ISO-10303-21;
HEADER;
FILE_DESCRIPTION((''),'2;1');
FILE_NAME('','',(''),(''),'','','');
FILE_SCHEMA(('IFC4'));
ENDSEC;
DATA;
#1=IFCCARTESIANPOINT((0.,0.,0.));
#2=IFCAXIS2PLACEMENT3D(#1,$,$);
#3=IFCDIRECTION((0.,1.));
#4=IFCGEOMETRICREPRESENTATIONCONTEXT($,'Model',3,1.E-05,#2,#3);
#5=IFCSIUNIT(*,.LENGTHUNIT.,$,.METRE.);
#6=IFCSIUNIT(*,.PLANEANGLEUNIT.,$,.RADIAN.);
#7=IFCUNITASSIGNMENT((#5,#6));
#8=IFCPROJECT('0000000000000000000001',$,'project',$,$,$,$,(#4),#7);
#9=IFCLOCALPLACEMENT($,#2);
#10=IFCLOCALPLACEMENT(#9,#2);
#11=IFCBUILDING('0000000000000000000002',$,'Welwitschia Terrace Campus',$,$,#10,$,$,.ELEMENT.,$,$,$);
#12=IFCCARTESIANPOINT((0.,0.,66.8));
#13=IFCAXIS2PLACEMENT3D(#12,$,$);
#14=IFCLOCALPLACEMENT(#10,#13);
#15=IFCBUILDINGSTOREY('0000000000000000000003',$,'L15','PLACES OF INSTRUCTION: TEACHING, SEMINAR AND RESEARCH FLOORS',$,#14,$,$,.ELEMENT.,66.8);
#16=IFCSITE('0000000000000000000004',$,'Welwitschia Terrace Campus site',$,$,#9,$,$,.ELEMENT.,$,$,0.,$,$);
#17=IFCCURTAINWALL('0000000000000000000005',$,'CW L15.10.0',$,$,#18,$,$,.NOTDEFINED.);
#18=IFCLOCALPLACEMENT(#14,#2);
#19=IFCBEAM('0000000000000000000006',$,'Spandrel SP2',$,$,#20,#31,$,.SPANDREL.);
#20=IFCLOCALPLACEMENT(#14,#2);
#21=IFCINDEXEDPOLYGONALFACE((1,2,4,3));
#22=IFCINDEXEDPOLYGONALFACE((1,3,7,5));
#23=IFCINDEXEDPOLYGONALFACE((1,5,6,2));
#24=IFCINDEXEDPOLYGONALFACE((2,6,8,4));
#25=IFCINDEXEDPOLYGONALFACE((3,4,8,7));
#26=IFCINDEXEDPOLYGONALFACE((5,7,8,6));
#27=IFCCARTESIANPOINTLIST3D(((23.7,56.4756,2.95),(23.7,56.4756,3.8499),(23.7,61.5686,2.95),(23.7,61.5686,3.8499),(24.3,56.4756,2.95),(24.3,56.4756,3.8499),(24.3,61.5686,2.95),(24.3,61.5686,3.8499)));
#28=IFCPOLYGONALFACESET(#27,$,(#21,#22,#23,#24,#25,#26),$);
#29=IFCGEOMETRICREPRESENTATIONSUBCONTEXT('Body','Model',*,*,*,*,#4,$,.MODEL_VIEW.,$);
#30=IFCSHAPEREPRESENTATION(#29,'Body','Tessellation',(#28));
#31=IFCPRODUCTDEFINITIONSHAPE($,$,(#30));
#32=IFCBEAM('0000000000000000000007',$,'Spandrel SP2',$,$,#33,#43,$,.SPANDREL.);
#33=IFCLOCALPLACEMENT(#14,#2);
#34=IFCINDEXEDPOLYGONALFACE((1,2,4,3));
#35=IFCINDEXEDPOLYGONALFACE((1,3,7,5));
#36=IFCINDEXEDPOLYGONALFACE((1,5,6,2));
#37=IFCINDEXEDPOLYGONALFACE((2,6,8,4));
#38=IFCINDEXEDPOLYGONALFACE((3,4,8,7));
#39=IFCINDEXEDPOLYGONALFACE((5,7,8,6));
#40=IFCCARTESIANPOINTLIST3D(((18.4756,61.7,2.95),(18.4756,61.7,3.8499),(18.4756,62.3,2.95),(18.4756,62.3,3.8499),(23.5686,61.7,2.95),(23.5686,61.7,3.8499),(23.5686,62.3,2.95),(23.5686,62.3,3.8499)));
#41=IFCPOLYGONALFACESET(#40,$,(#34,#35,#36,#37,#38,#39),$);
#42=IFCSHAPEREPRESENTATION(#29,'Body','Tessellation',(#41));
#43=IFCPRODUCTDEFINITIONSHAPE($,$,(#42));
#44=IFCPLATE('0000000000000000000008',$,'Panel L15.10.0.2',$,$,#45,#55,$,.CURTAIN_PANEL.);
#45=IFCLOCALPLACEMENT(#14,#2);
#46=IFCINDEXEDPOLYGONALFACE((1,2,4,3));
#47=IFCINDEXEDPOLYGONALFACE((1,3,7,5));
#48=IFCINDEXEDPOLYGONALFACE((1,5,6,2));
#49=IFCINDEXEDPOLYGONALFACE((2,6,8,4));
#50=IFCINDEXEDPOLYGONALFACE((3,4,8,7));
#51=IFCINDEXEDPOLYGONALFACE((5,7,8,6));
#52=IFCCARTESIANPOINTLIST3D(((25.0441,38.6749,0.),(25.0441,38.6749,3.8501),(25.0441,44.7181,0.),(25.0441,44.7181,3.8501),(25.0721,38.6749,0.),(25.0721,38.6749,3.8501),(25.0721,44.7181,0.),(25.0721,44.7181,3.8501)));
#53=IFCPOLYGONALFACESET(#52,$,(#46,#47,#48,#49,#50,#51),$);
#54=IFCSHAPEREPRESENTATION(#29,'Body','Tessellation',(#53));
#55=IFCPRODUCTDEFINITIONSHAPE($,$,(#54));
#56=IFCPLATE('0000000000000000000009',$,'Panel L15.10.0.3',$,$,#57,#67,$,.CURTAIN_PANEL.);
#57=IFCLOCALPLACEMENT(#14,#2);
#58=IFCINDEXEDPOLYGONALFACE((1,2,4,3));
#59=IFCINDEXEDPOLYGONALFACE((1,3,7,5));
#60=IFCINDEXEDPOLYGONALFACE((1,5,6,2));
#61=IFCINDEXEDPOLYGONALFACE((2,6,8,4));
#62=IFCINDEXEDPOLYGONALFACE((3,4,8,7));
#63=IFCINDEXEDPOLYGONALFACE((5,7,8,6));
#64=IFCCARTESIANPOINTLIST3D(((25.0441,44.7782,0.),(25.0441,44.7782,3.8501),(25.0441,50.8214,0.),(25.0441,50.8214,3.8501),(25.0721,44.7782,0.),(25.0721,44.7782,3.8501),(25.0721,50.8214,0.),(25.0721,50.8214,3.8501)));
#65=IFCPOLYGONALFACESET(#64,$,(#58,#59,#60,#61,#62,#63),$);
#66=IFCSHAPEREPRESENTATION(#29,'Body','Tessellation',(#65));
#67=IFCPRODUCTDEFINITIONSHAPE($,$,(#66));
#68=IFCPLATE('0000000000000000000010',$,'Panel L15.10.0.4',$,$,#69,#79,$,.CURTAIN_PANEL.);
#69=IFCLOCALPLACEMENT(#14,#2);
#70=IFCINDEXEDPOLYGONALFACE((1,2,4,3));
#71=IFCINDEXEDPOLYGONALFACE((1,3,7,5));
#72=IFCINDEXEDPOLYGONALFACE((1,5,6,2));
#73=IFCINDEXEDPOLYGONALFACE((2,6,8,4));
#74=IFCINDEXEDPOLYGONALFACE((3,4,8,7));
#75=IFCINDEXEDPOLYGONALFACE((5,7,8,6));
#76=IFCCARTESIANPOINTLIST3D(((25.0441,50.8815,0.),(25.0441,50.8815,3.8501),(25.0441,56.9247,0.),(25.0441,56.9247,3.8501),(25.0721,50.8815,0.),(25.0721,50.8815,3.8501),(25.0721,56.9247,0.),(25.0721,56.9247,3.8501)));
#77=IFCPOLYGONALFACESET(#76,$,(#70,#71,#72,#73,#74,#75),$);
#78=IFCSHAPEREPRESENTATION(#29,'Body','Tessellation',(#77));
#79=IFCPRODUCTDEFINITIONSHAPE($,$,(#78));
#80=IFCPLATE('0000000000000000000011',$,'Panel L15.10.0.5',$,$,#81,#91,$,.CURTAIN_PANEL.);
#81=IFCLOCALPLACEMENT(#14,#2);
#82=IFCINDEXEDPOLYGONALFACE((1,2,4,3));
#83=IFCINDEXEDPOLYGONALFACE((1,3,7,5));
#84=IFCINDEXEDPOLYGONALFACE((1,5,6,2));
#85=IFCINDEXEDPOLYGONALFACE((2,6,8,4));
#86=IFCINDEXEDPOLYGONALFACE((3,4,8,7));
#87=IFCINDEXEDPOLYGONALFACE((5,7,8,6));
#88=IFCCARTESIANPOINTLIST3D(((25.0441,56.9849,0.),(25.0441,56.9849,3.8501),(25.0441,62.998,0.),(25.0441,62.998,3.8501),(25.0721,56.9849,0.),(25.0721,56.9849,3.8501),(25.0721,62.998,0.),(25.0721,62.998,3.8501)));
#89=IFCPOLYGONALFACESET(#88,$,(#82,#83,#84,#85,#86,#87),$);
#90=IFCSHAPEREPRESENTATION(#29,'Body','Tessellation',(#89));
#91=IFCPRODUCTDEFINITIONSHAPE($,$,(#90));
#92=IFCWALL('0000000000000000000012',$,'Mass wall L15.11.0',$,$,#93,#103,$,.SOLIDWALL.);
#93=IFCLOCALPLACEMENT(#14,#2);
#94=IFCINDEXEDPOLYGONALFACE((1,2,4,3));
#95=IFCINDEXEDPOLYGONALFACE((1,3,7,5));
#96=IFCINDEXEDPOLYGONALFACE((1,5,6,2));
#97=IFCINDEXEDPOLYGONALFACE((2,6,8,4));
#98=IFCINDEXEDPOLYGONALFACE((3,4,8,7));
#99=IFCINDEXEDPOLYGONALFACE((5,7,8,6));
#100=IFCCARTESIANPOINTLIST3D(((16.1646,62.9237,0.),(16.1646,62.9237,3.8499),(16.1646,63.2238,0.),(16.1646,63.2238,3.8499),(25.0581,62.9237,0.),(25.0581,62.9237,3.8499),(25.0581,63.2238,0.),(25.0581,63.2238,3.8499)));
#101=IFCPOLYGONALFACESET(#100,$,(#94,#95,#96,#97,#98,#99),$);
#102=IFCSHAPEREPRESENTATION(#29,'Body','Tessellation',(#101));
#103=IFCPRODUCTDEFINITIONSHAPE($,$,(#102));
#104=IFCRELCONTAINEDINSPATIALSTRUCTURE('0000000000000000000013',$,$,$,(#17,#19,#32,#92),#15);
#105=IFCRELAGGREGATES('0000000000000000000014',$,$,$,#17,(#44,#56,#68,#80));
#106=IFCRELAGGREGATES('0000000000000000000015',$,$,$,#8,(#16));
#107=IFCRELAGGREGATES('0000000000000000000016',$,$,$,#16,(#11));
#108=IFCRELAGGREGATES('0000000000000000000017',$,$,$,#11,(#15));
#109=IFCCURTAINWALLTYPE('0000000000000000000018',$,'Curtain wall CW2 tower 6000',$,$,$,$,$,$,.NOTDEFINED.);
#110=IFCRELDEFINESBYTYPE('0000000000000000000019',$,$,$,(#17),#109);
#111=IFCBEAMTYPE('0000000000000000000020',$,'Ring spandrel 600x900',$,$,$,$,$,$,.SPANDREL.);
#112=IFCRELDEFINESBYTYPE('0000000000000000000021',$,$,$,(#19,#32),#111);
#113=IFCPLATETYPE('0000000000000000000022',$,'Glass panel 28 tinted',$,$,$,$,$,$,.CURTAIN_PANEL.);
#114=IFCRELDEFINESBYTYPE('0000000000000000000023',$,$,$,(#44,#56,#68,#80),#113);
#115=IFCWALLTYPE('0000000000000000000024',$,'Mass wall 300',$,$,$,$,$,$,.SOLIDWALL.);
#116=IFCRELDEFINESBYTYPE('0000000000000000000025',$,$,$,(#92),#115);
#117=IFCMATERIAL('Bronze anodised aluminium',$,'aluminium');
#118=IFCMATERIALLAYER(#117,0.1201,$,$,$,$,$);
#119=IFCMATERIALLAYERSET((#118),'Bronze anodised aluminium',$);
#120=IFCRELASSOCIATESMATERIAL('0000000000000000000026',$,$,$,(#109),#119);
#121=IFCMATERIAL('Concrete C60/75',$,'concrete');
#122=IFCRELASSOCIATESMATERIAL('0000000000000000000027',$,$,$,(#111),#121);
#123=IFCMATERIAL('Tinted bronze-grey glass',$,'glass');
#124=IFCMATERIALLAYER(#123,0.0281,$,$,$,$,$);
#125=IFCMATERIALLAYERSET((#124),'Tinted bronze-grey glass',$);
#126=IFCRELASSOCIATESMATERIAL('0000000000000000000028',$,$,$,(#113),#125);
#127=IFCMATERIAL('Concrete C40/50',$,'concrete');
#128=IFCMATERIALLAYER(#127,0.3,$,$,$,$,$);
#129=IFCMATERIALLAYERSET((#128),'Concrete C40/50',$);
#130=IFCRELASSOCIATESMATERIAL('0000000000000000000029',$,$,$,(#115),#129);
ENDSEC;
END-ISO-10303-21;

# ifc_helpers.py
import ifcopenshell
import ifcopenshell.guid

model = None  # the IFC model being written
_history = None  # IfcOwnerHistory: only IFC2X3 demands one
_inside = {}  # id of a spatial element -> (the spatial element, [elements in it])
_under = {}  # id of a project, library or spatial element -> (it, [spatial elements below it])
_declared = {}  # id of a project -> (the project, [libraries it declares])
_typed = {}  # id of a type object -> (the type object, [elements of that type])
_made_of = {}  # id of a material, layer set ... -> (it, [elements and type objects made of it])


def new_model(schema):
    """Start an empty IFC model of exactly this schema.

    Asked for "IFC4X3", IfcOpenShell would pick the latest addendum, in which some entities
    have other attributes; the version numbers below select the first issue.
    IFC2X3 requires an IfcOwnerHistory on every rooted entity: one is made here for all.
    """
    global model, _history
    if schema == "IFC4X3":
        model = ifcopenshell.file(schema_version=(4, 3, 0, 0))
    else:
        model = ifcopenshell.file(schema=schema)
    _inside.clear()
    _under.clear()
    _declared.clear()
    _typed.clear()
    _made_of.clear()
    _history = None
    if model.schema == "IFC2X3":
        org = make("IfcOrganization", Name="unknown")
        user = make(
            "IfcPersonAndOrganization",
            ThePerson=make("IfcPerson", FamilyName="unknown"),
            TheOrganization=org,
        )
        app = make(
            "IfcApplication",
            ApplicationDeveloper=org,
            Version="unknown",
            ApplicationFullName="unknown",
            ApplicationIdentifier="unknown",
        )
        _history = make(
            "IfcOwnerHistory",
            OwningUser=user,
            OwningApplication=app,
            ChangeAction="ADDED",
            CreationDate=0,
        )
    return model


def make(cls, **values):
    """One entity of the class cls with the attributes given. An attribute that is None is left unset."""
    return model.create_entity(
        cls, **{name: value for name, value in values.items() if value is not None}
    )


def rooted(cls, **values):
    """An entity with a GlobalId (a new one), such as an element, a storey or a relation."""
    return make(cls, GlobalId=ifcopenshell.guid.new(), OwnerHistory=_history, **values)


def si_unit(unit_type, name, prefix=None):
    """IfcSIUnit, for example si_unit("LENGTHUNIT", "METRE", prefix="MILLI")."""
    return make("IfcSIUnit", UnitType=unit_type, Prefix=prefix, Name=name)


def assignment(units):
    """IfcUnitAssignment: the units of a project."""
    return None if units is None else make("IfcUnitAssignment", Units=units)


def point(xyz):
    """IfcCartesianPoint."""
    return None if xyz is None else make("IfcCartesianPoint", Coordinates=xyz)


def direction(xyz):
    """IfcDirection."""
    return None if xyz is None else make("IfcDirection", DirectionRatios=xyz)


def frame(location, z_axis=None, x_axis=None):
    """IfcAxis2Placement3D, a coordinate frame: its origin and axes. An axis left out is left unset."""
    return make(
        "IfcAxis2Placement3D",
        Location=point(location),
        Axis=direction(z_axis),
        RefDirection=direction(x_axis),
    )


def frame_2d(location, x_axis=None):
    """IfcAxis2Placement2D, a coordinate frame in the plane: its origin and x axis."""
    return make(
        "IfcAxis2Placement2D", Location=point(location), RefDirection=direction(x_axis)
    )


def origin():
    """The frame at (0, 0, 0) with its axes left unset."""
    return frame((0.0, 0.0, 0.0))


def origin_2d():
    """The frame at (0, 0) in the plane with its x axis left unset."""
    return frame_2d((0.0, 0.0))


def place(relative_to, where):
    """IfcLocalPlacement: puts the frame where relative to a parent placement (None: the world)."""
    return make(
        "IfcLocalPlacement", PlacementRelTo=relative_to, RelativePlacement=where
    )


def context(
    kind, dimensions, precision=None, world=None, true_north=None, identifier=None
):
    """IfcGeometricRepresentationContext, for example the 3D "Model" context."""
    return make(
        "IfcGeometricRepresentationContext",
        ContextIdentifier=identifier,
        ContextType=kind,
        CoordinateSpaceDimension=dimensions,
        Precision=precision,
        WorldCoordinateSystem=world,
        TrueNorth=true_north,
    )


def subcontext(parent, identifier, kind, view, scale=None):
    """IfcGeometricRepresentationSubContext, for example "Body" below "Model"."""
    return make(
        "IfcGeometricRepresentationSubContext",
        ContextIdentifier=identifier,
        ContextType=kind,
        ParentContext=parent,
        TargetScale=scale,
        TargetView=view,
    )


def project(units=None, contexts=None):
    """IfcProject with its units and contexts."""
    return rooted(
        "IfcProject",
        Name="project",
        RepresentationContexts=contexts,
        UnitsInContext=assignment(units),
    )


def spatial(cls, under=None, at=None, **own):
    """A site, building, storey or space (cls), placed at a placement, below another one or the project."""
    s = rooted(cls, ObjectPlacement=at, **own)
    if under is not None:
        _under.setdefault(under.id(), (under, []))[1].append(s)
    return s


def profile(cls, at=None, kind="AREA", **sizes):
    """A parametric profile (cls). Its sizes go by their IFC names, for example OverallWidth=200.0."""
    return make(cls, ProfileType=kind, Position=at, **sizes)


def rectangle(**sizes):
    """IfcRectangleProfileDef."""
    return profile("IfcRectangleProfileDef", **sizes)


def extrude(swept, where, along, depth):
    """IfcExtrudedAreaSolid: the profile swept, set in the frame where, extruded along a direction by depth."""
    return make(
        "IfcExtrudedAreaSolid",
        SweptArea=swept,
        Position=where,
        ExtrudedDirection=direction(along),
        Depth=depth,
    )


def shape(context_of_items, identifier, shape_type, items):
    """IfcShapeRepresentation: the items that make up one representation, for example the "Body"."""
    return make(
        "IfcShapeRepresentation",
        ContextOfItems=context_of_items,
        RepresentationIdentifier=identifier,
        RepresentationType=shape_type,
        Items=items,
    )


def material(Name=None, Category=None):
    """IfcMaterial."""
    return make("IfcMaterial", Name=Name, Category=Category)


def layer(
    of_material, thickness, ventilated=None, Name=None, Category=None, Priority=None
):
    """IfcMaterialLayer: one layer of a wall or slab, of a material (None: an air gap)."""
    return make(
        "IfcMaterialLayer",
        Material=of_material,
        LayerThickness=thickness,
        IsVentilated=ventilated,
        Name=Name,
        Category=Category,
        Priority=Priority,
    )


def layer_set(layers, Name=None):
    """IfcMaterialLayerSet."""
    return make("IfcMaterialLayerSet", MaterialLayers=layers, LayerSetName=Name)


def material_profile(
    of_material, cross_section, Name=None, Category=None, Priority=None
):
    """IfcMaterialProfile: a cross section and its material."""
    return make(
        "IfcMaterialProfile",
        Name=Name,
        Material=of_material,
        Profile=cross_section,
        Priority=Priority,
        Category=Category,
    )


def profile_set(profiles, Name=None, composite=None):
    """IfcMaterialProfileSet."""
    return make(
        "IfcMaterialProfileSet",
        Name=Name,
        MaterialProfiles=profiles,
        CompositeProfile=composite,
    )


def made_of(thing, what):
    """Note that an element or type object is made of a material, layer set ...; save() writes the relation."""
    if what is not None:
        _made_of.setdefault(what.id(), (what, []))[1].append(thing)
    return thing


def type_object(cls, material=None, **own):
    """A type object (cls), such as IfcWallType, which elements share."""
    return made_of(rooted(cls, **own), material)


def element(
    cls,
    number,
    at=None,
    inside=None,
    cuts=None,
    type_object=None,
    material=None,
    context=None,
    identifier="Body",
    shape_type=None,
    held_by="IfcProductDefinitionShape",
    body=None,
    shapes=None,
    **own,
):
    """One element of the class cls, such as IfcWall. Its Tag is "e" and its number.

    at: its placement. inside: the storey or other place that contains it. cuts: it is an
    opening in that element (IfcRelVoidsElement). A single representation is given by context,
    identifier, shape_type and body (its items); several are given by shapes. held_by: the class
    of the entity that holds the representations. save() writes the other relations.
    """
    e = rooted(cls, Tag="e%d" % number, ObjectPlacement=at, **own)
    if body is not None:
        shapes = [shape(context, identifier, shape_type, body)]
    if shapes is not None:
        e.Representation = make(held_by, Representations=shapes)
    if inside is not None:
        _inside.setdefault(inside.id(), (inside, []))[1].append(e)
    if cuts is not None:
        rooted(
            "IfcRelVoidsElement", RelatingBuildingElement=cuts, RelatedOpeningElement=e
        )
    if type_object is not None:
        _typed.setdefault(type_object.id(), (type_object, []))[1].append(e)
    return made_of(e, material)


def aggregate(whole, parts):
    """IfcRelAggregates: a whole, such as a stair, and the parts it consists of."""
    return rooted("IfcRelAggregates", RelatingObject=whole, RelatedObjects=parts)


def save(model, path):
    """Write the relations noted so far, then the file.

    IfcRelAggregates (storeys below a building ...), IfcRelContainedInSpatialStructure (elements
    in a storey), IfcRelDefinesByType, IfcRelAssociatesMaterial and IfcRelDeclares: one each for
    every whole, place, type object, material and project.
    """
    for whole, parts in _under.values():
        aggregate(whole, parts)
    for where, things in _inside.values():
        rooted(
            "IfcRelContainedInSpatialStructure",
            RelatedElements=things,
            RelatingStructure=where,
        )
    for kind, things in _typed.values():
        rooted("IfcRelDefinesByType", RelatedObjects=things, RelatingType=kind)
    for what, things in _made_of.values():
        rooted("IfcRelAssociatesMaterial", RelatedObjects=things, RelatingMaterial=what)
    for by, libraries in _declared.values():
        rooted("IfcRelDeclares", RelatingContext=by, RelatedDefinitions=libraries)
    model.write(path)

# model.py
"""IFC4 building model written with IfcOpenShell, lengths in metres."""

from ifc_helpers import new_model, si_unit, direction, frame, frame_2d, origin, origin_2d, place, context, subcontext, project, spatial, rectangle, extrude, material, layer, layer_set, material_profile, profile_set, type_object, element, aggregate, save


model = new_model("IFC4")

# Units and contexts
model_context = context("Model", 3, precision=1e-05, world=origin(), true_north=direction((0.0, 1.0)))
body_context = subcontext(model_context, "Body", "Model", "MODEL_VIEW")
ifc_project = project(units=[si_unit("LENGTHUNIT", "METRE"), si_unit("PLANEANGLEUNIT", "RADIAN")], contexts=[model_context])

# Site, building, storey
site_placement = place(None, origin())
site = spatial("IfcSite", under=ifc_project, at=site_placement, Name="Welwitschia Terrace Campus site", CompositionType="ELEMENT", RefElevation=0.0)
building_placement = place(site_placement, origin())
building = spatial("IfcBuilding", under=site, at=building_placement, Name="Welwitschia Terrace Campus", CompositionType="ELEMENT")
storey_placement = place(building_placement, frame((0.0, 0.0, 66.8)))
storey = spatial("IfcBuildingStorey", under=building, at=storey_placement, Name="L15", Description="PLACES OF INSTRUCTION: TEACHING, SEMINAR AND RESEARCH FLOORS", CompositionType="ELEMENT", Elevation=66.8)

# Curtain wall
ifc_material_1 = material(Name="Bronze anodised aluminium", Category="aluminium")
ifc_layer_1 = layer(ifc_material_1, 0.1201)
ifc_layer_set_1 = layer_set([ifc_layer_1], Name="Bronze anodised aluminium")
curtain_wall_type = type_object("IfcCurtainWallType", Name="Curtain wall CW2 tower 6000", PredefinedType="NOTDEFINED", material=ifc_layer_set_1)
curtain_wall_placement = place(storey_placement, origin())
curtain_wall = element("IfcCurtainWall", 1, at=curtain_wall_placement, inside=storey, type_object=curtain_wall_type, Name="CW L15.10.0", PredefinedType="NOTDEFINED")

# Beams
ifc_material_2 = material(Name="Concrete C60/75", Category="concrete")
ifc_material_profile_1 = material_profile(ifc_material_2, rectangle(XDim=0.6001, YDim=0.8999, at=origin_2d()))
ifc_profile_set_1 = profile_set([ifc_material_profile_1], Name="Concrete C60/75")
beam_type_1 = type_object("IfcBeamType", Name="Ring spandrel 600x900", PredefinedType="SPANDREL", material=ifc_profile_set_1)
for number, where, z_axis, x_axis, name in (
    (2, (24.0, 56.4756, 3.3999), (0.0, 1.0, 0.0), (-1.0, 0.0, 0.0), "Spandrel SP2"),
    (3, (23.5686, 62.0, 3.3999), (-1.0, 0.0, 0.0), (0.0, -1.0, 0.0), "Spandrel SP2"),
):
    element("IfcBeam", number, at=place(storey_placement, frame(where, z_axis=z_axis, x_axis=x_axis)), inside=storey, type_object=beam_type_1, Name=name, PredefinedType="SPANDREL", context=body_context, shape_type="SweptSolid", body=[
        extrude(rectangle(XDim=0.6001, YDim=0.8999, at=origin_2d()), origin(), (0.0, 0.0, 1.0), 5.093),
    ])

# Plates
ifc_material_3 = material(Name="Tinted bronze-grey glass", Category="glass")
ifc_layer_2 = layer(ifc_material_3, 0.0281)
ifc_layer_set_2 = layer_set([ifc_layer_2], Name="Tinted bronze-grey glass")
plate_type = type_object("IfcPlateType", Name="Glass panel 28 tinted", PredefinedType="CURTAIN_PANEL", material=ifc_layer_set_2)
plate_1_placement = place(storey_placement, frame((25.0581, 41.6965, 0.0), z_axis=(0.0, 0.0, 1.0), x_axis=(0.0, 1.0, 0.0)))
plate_1 = element("IfcPlate", 4, at=plate_1_placement, type_object=plate_type, Name="Panel L15.10.0.2", PredefinedType="CURTAIN_PANEL", context=body_context, shape_type="SweptSolid", body=[
    extrude(rectangle(XDim=6.0432, YDim=0.0281, at=origin_2d()), origin(), (0.0, 0.0, 1.0), 3.8501),
])
plate_2_placement = place(storey_placement, frame((25.0581, 47.7998, 0.0), z_axis=(0.0, 0.0, 1.0), x_axis=(0.0, 1.0, 0.0)))
plate_2 = element("IfcPlate", 5, at=plate_2_placement, type_object=plate_type, Name="Panel L15.10.0.3", PredefinedType="CURTAIN_PANEL", context=body_context, shape_type="SweptSolid", body=[
    extrude(rectangle(XDim=6.0432, YDim=0.0281, at=origin_2d()), origin(), (0.0, 0.0, 1.0), 3.8501),
])
plate_3_placement = place(storey_placement, frame((25.0581, 53.9031, 0.0), z_axis=(0.0, 0.0, 1.0), x_axis=(0.0, 1.0, 0.0)))
plate_3 = element("IfcPlate", 6, at=plate_3_placement, type_object=plate_type, Name="Panel L15.10.0.4", PredefinedType="CURTAIN_PANEL", context=body_context, shape_type="SweptSolid", body=[
    extrude(rectangle(XDim=6.0432, YDim=0.0281, at=origin_2d()), origin(), (0.0, 0.0, 1.0), 3.8501),
])
plate_4_placement = place(storey_placement, frame((25.0581, 59.9915, 0.0), z_axis=(0.0, 0.0, 1.0), x_axis=(0.0, 1.0, 0.0)))
plate_4 = element("IfcPlate", 7, at=plate_4_placement, type_object=plate_type, Name="Panel L15.10.0.5", PredefinedType="CURTAIN_PANEL", context=body_context, shape_type="SweptSolid", body=[
    extrude(rectangle(XDim=6.0132, YDim=0.0281, at=origin_2d()), origin(), (0.0, 0.0, 1.0), 3.8501),
])
aggregate(curtain_wall, [plate_1, plate_2, plate_3, plate_4])

# Wall
ifc_material_4 = material(Name="Concrete C40/50", Category="concrete")
ifc_layer_3 = layer(ifc_material_4, 0.3)
ifc_layer_set_3 = layer_set([ifc_layer_3], Name="Concrete C40/50")
wall_type = type_object("IfcWallType", Name="Mass wall 300", PredefinedType="SOLIDWALL", material=ifc_layer_set_3)
wall_placement = place(storey_placement, frame((25.0581, 63.0737, 0.0), z_axis=(0.0, 0.0, 1.0), x_axis=(-1.0, 0.0, 0.0)))
element("IfcWall", 8, at=wall_placement, inside=storey, type_object=wall_type, Name="Mass wall L15.11.0", PredefinedType="SOLIDWALL", context=body_context, shape_type="SweptSolid", body=[
    extrude(rectangle(XDim=8.8936, YDim=0.3, at=frame_2d((4.4468, 0.0))), origin(), (0.0, 0.0, 1.0), 3.8499),
])

save(model, "model.ifc")
